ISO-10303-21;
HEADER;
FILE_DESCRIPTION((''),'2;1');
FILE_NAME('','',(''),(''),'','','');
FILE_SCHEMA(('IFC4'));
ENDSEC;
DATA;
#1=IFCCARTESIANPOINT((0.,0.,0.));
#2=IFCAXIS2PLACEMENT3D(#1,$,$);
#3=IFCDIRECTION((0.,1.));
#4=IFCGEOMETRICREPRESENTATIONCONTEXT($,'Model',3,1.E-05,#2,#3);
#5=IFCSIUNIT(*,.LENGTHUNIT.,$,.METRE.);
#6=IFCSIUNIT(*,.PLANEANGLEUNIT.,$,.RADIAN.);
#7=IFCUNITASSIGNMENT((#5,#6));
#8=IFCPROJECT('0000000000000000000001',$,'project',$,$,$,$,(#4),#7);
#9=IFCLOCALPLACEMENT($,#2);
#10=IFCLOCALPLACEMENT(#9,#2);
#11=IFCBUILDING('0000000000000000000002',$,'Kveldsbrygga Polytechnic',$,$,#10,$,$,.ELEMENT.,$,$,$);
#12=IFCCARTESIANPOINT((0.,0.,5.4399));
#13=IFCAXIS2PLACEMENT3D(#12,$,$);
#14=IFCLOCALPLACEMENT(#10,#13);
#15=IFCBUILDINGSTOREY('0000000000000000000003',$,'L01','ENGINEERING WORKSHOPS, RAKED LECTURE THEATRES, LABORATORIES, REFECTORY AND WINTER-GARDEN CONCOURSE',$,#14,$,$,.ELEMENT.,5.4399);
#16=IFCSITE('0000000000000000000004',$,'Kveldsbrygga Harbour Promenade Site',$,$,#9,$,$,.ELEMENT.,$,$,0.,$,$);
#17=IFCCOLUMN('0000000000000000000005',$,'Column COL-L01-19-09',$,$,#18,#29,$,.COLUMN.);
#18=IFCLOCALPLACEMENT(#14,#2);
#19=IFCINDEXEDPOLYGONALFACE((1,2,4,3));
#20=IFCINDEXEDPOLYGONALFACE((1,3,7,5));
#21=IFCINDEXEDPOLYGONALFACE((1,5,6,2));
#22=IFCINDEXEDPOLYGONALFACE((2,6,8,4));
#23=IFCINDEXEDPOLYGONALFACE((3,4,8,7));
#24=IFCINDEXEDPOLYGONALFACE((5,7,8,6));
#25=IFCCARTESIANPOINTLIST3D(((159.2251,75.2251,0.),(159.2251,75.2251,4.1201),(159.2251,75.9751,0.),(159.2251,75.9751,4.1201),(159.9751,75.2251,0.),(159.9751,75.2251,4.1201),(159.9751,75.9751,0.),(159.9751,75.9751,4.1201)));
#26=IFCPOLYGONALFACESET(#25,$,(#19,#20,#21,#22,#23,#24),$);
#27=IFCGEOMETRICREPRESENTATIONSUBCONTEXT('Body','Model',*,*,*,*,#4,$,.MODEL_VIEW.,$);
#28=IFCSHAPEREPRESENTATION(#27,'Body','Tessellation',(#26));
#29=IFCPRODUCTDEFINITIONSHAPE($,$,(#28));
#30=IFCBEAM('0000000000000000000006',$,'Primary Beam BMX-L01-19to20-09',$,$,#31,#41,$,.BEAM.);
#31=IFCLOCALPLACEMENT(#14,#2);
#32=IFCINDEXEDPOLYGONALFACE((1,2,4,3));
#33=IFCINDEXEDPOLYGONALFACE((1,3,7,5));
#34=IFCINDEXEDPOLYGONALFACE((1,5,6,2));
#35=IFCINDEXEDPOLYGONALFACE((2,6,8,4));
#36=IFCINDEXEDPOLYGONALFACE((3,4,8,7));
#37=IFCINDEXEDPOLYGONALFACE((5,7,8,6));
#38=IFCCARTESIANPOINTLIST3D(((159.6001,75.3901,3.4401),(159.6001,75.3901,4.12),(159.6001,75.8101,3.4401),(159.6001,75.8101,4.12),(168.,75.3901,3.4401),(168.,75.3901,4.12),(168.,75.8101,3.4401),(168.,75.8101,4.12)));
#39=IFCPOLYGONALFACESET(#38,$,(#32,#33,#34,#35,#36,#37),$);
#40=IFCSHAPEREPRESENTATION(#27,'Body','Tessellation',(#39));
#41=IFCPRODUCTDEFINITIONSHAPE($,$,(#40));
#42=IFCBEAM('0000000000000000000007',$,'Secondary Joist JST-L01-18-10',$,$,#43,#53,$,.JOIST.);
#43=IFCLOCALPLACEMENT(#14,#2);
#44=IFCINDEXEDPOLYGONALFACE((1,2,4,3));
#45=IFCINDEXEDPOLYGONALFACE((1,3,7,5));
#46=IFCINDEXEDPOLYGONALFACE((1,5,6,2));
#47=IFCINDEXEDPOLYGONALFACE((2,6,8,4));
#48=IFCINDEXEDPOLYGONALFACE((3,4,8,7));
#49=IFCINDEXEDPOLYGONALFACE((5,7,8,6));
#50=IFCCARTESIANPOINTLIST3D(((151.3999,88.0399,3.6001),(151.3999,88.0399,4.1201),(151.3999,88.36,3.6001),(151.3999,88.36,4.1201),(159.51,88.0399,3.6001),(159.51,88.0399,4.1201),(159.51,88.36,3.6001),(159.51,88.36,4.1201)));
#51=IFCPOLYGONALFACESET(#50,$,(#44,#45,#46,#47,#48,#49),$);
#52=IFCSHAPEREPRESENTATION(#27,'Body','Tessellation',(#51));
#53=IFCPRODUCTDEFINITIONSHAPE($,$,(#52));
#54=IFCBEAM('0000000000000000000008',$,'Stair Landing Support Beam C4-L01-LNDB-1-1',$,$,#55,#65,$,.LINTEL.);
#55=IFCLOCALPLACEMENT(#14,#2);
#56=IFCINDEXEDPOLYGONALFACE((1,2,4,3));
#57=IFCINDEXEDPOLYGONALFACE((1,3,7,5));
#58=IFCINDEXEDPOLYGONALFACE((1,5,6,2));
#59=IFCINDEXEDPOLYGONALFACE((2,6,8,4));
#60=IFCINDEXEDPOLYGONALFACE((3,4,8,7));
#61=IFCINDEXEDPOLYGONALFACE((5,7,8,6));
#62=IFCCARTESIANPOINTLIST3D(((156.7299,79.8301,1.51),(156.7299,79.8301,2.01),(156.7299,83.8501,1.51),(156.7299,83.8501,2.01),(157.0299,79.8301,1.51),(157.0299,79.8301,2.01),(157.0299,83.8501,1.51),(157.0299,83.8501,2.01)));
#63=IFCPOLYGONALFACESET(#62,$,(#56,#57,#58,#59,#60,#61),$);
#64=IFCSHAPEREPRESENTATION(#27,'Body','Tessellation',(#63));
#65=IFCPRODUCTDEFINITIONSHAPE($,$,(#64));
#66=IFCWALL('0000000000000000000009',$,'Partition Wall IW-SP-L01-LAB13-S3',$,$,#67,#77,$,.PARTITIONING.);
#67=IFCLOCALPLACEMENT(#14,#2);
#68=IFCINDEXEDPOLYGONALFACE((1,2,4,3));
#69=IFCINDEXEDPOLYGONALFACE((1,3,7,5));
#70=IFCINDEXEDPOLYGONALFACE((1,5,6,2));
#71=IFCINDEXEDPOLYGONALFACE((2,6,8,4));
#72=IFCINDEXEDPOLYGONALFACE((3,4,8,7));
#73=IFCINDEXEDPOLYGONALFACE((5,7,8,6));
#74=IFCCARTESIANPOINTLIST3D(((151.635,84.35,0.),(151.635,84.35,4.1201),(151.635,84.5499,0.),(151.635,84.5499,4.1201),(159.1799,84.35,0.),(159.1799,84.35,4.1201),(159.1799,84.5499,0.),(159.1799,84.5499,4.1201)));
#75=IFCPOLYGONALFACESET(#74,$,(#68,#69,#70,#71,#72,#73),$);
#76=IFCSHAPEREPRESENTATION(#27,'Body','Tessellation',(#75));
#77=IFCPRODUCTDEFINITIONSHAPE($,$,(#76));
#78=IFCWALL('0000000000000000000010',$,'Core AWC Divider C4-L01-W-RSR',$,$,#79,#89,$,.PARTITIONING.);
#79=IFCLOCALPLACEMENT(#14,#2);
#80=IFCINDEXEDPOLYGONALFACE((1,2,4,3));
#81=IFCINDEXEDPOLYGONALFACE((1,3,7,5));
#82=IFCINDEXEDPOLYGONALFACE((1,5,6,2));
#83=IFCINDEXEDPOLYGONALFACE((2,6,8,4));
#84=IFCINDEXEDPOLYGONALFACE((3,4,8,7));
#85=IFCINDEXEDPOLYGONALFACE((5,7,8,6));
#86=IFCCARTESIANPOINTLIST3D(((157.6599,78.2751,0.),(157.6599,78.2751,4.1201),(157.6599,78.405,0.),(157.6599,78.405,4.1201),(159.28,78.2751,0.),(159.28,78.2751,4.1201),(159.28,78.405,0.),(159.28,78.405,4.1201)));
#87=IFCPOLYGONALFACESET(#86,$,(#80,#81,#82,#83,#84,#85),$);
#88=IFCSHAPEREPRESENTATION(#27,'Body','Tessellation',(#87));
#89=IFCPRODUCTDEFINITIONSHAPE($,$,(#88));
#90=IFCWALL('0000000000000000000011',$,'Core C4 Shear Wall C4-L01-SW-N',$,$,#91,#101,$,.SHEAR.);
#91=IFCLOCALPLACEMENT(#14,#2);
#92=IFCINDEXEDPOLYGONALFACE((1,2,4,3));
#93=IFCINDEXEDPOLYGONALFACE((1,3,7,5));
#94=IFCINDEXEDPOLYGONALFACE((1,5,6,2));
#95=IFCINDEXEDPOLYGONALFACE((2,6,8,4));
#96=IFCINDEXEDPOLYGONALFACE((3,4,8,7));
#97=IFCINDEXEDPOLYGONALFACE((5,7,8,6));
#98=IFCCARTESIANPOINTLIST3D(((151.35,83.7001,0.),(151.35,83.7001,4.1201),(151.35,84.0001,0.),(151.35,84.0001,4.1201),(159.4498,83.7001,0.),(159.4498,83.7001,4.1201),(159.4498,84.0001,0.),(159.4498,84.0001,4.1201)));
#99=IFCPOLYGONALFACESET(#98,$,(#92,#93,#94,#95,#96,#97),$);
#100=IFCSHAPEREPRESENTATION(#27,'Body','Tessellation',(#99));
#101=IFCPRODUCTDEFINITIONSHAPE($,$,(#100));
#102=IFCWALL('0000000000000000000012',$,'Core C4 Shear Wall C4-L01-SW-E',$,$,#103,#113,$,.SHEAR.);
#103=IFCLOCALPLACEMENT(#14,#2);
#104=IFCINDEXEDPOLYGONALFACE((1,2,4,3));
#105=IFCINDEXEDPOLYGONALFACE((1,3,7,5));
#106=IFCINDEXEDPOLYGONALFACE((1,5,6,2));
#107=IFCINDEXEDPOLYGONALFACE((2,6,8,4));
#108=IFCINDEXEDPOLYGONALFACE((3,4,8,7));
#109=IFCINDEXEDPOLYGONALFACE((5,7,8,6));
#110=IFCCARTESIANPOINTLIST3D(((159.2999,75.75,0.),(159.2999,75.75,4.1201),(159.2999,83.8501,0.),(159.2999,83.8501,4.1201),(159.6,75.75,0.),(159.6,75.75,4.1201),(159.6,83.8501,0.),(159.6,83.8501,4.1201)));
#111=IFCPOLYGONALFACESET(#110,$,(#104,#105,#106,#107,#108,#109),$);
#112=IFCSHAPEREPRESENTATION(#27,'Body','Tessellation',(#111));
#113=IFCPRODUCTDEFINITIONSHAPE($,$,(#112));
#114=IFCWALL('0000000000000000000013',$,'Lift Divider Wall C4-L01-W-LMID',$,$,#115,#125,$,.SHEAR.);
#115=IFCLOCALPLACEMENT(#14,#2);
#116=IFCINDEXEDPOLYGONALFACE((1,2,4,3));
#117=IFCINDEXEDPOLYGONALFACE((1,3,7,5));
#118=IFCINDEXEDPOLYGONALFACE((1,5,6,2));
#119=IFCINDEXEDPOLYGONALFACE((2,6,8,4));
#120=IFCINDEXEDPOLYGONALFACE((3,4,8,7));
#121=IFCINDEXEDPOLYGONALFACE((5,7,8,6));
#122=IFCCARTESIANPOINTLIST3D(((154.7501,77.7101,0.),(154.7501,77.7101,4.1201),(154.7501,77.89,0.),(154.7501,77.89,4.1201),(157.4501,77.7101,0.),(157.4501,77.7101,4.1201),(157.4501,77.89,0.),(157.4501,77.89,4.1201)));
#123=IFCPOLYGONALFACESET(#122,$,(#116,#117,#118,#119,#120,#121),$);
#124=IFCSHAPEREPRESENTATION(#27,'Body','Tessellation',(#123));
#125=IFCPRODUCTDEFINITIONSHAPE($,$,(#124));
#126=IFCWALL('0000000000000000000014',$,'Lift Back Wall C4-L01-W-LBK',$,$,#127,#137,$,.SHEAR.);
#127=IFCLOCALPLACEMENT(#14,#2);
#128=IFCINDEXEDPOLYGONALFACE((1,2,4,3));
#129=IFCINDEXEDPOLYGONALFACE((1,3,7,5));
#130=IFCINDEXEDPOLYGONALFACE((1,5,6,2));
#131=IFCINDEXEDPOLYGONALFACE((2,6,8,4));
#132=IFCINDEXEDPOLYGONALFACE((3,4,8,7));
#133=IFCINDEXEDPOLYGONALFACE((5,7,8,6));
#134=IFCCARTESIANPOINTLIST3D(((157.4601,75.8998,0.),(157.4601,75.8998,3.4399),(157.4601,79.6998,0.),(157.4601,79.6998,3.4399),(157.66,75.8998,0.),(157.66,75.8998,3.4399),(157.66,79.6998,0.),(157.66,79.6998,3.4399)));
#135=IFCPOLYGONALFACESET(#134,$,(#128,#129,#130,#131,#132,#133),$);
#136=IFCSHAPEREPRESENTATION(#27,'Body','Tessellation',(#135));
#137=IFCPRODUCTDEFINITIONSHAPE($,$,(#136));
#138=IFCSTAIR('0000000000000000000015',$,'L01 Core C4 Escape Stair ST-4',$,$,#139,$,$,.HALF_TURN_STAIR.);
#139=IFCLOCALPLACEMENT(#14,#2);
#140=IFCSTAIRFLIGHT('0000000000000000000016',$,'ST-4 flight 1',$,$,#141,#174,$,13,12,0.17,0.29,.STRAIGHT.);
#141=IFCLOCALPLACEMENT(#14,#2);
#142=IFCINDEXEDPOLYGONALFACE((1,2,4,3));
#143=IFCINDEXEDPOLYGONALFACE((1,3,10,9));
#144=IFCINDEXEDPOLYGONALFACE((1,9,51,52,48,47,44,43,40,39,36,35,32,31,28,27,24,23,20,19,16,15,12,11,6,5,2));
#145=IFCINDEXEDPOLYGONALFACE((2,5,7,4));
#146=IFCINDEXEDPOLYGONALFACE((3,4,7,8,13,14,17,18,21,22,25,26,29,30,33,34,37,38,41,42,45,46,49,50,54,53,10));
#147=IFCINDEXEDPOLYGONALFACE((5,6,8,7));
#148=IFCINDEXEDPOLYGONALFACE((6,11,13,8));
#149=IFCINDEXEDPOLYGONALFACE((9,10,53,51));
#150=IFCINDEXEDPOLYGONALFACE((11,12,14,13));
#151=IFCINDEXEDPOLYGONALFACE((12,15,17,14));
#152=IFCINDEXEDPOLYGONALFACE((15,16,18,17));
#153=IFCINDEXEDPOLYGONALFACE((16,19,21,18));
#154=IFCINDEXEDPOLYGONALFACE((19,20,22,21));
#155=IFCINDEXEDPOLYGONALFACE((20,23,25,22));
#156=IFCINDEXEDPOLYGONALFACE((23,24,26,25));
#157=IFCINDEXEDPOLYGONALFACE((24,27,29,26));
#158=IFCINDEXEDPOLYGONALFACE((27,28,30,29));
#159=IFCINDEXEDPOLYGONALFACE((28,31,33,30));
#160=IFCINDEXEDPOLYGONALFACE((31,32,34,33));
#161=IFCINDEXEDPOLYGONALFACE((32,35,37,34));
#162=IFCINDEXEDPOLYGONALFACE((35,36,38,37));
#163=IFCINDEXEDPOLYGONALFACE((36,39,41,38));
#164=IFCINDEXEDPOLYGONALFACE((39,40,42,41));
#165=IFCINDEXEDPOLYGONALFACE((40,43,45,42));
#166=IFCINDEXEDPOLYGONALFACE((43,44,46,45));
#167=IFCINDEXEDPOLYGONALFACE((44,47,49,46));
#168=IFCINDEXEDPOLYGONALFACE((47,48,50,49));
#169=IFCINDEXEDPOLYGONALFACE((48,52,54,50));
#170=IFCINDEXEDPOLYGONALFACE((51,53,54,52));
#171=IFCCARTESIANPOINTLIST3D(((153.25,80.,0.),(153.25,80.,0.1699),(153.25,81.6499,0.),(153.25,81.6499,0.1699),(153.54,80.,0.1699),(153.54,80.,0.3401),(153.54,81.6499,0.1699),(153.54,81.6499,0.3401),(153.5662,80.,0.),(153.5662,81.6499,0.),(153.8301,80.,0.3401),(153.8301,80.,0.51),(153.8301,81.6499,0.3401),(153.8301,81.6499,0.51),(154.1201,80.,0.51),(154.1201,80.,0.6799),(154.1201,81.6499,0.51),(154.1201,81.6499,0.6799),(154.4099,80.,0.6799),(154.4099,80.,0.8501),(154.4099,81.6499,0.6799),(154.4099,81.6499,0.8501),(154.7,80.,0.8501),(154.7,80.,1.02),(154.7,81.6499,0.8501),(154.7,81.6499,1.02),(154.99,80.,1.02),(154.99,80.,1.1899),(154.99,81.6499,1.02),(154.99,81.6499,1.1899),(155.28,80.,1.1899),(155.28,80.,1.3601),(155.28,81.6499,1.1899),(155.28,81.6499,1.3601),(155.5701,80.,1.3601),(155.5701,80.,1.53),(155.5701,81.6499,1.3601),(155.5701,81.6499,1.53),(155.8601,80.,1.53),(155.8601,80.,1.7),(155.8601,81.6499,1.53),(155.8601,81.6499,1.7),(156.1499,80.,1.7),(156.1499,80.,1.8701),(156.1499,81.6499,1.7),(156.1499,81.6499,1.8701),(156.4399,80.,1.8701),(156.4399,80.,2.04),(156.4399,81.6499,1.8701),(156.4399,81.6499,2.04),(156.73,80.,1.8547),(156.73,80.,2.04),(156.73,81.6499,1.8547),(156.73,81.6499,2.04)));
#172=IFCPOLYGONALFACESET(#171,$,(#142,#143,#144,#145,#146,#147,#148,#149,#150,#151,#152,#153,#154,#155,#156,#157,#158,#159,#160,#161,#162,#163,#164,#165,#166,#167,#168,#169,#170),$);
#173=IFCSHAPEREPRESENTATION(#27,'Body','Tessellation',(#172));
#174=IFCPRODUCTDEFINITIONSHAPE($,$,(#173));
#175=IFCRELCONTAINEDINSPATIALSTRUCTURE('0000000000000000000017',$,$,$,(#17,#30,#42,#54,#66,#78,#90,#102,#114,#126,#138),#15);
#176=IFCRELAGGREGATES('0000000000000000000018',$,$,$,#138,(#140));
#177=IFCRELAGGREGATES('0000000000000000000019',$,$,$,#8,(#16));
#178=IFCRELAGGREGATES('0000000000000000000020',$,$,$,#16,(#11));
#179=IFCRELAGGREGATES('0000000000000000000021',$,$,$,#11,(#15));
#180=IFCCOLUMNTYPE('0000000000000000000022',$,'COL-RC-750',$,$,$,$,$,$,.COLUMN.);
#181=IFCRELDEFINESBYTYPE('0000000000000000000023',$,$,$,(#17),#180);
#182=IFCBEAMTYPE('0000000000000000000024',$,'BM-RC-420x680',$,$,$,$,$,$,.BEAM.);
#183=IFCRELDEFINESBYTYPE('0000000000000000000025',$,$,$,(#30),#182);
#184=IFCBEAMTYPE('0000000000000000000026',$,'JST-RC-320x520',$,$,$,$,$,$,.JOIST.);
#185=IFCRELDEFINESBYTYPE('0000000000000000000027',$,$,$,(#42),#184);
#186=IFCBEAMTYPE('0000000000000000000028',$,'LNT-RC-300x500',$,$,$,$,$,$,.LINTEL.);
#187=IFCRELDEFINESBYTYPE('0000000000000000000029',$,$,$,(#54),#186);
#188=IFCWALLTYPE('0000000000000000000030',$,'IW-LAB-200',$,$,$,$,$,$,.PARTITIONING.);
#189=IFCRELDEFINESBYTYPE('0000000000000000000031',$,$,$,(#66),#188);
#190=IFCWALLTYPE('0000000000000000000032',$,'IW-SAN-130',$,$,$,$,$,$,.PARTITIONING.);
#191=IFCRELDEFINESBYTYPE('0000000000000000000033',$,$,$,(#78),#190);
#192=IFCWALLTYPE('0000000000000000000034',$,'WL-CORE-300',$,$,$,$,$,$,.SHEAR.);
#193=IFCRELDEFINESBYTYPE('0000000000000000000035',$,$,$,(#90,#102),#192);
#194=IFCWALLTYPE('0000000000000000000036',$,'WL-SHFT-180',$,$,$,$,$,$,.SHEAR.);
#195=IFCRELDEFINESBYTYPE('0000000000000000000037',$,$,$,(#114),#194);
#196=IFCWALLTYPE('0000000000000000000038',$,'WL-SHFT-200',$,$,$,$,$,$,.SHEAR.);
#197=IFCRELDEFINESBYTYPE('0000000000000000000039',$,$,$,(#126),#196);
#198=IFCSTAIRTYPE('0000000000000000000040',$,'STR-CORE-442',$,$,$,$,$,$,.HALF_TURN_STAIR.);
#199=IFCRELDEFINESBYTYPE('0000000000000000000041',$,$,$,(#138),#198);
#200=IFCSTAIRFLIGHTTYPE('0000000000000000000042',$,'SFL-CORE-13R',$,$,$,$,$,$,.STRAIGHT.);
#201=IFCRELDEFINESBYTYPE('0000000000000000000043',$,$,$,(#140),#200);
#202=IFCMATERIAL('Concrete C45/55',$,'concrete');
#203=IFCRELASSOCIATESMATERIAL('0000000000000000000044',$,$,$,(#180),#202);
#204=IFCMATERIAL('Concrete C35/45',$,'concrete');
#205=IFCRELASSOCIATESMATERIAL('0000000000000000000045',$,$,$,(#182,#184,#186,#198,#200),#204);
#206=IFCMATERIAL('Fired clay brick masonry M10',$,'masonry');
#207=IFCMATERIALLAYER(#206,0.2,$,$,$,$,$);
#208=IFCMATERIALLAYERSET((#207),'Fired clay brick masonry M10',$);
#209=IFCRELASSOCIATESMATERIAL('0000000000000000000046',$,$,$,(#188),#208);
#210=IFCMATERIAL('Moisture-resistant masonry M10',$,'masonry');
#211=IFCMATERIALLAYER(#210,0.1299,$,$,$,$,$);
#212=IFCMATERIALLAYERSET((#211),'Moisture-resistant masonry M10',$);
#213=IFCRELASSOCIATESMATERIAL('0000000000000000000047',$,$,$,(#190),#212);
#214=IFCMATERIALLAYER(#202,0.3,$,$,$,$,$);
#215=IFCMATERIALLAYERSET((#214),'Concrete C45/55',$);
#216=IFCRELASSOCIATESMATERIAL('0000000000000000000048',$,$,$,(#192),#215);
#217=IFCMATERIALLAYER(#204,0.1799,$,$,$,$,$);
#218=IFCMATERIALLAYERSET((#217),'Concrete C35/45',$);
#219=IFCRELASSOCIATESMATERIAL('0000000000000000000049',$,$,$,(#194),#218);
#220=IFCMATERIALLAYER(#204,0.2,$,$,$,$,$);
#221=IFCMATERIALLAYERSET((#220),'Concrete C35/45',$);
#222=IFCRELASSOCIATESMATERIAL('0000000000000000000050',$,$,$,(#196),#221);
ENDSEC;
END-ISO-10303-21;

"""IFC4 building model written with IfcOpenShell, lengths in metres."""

from ifc_helpers import new_model, si_unit, direction, frame, frame_2d, origin, origin_2d, place, context, subcontext, project, spatial, polyline, rectangle, outline, extrude, material, layer, layer_set, material_profile, profile_set, type_object, element, aggregate, save


model = new_model("IFC4")

# Units and contexts
model_context = context("Model", 3, precision=1e-05, world=origin(), true_north=direction((0.0, 1.0)))
body_context = subcontext(model_context, "Body", "Model", "MODEL_VIEW")
ifc_project = project(units=[si_unit("LENGTHUNIT", "METRE"), si_unit("PLANEANGLEUNIT", "RADIAN")], contexts=[model_context])

# Site, building, storey
site_placement = place(None, origin())
site = spatial("IfcSite", under=ifc_project, at=site_placement, Name="Kveldsbrygga Harbour Promenade Site", CompositionType="ELEMENT", RefElevation=0.0)
building_placement = place(site_placement, origin())
building = spatial("IfcBuilding", under=site, at=building_placement, Name="Kveldsbrygga Polytechnic", CompositionType="ELEMENT")
storey_placement = place(building_placement, frame((0.0, 0.0, 5.4399)))
storey = spatial("IfcBuildingStorey", under=building, at=storey_placement, Name="L01", Description="ENGINEERING WORKSHOPS, RAKED LECTURE THEATRES, LABORATORIES, REFECTORY AND WINTER-GARDEN CONCOURSE", CompositionType="ELEMENT", Elevation=5.4399)

# Column
ifc_material_1 = material(Name="Concrete C45/55", Category="concrete")
ifc_material_profile_1 = material_profile(ifc_material_1, rectangle(XDim=0.75, YDim=0.75, at=origin_2d()), Name="RC 750x750")
ifc_profile_set_1 = profile_set([ifc_material_profile_1], Name="Concrete C45/55")
column_type = type_object("IfcColumnType", Name="COL-RC-750", PredefinedType="COLUMN", material=ifc_profile_set_1)
column_placement = place(storey_placement, frame((159.6001, 75.6001, 0.0), z_axis=(0.0, 0.0, 1.0), x_axis=(1.0, 0.0, 0.0)))
element("IfcColumn", 1, at=column_placement, inside=storey, type_object=column_type, Name="Column COL-L01-19-09", PredefinedType="COLUMN", context=body_context, shape_type="SweptSolid", body=[
    extrude(rectangle(XDim=0.75, YDim=0.75, at=origin_2d()), origin(), (0.0, 0.0, 1.0), 4.1201),
])

# Beams
ifc_material_2 = material(Name="Concrete C35/45", Category="concrete")
ifc_material_profile_2 = material_profile(ifc_material_2, rectangle(XDim=0.4199, YDim=0.6799, at=origin_2d()), Name="RC 420x680")
ifc_profile_set_2 = profile_set([ifc_material_profile_2], Name="Concrete C35/45")
beam_type_1 = type_object("IfcBeamType", Name="BM-RC-420x680", PredefinedType="BEAM", material=ifc_profile_set_2)
beam_1_placement = place(storey_placement, frame((159.6001, 75.6001, 3.78), z_axis=(1.0, 0.0, 0.0), x_axis=(0.0, 1.0, 0.0)))
element("IfcBeam", 2, at=beam_1_placement, inside=storey, type_object=beam_type_1, Name="Primary Beam BMX-L01-19to20-09", PredefinedType="BEAM", context=body_context, shape_type="SweptSolid", body=[
    extrude(rectangle(XDim=0.4199, YDim=0.6799, at=origin_2d()), origin(), (0.0, 0.0, 1.0), 8.3999),
])
ifc_material_profile_3 = material_profile(ifc_material_2, rectangle(XDim=0.3201, YDim=0.52, at=origin_2d()), Name="RC 320x520")
ifc_profile_set_3 = profile_set([ifc_material_profile_3], Name="Concrete C35/45")
beam_type_2 = type_object("IfcBeamType", Name="JST-RC-320x520", PredefinedType="JOIST", material=ifc_profile_set_3)
beam_2_placement = place(storey_placement, frame((151.3999, 88.2, 3.8601), z_axis=(1.0, 0.0, 0.0), x_axis=(0.0, 1.0, 0.0)))
element("IfcBeam", 3, at=beam_2_placement, inside=storey, type_object=beam_type_2, Name="Secondary Joist JST-L01-18-10", PredefinedType="JOIST", context=body_context, shape_type="SweptSolid", body=[
    extrude(rectangle(XDim=0.3201, YDim=0.52, at=origin_2d()), origin(), (0.0, 0.0, 1.0), 8.1101),
])
ifc_material_profile_4 = material_profile(ifc_material_2, rectangle(XDim=0.3, YDim=0.5, at=origin_2d()), Name="RC 300x500")
ifc_profile_set_4 = profile_set([ifc_material_profile_4], Name="Concrete C35/45")
beam_type_3 = type_object("IfcBeamType", Name="LNT-RC-300x500", PredefinedType="LINTEL", material=ifc_profile_set_4)
beam_3_placement = place(storey_placement, frame((156.8799, 79.8301, 1.76), z_axis=(0.0, 1.0, 0.0), x_axis=(-1.0, 0.0, 0.0)))
element("IfcBeam", 4, at=beam_3_placement, inside=storey, type_object=beam_type_3, Name="Stair Landing Support Beam C4-L01-LNDB-1-1", PredefinedType="LINTEL", context=body_context, shape_type="SweptSolid", body=[
    extrude(rectangle(XDim=0.3, YDim=0.5, at=origin_2d()), origin(), (0.0, 0.0, 1.0), 4.02),
])

# Walls
ifc_material_3 = material(Name="Fired clay brick masonry M10", Category="masonry")
ifc_layer_1 = layer(ifc_material_3, 0.2)
ifc_layer_set_1 = layer_set([ifc_layer_1], Name="Fired clay brick masonry M10")
wall_type_1 = type_object("IfcWallType", Name="IW-LAB-200", PredefinedType="PARTITIONING", material=ifc_layer_set_1)
wall_1_placement = place(storey_placement, frame((151.635, 84.45, 0.0), z_axis=(0.0, 0.0, 1.0), x_axis=(1.0, 0.0, 0.0)))
element("IfcWall", 5, at=wall_1_placement, inside=storey, type_object=wall_type_1, Name="Partition Wall IW-SP-L01-LAB13-S3", PredefinedType="PARTITIONING", context=body_context, shape_type="SweptSolid", body=[
    extrude(rectangle(XDim=7.5449, YDim=0.2, at=frame_2d((3.7725, 0.0))), origin(), (0.0, 0.0, 1.0), 4.1201),
])
ifc_material_4 = material(Name="Moisture-resistant masonry M10", Category="masonry")
ifc_layer_2 = layer(ifc_material_4, 0.1299)
ifc_layer_set_2 = layer_set([ifc_layer_2], Name="Moisture-resistant masonry M10")
wall_type_2 = type_object("IfcWallType", Name="IW-SAN-130", PredefinedType="PARTITIONING", material=ifc_layer_set_2)
wall_2_placement = place(storey_placement, frame((157.6599, 78.3401, 0.0), z_axis=(0.0, 0.0, 1.0), x_axis=(1.0, 0.0, 0.0)))
element("IfcWall", 6, at=wall_2_placement, inside=storey, type_object=wall_type_2, Name="Core AWC Divider C4-L01-W-RSR", PredefinedType="PARTITIONING", context=body_context, shape_type="SweptSolid", body=[
    extrude(rectangle(XDim=1.6201, YDim=0.1299, at=frame_2d((0.8101, 0.0))), origin(), (0.0, 0.0, 1.0), 4.1201),
])
ifc_layer_3 = layer(ifc_material_1, 0.3)
ifc_layer_set_3 = layer_set([ifc_layer_3], Name="Concrete C45/55")
wall_type_3 = type_object("IfcWallType", Name="WL-CORE-300", PredefinedType="SHEAR", material=ifc_layer_set_3)
wall_3_placement = place(storey_placement, frame((151.3501, 83.8501, 0.0), z_axis=(0.0, 0.0, 1.0), x_axis=(1.0, 0.0, 0.0)))
element("IfcWall", 7, at=wall_3_placement, inside=storey, type_object=wall_type_3, Name="Core C4 Shear Wall C4-L01-SW-N", PredefinedType="SHEAR", context=body_context, shape_type="SweptSolid", body=[
    extrude(rectangle(XDim=8.0999, YDim=0.3, at=frame_2d((4.0498, 0.0))), origin(), (0.0, 0.0, 1.0), 4.1201),
])
wall_4_placement = place(storey_placement, frame((159.45, 75.75, 0.0), z_axis=(0.0, 0.0, 1.0), x_axis=(0.0, 1.0, 0.0)))
element("IfcWall", 8, at=wall_4_placement, inside=storey, type_object=wall_type_3, Name="Core C4 Shear Wall C4-L01-SW-E", PredefinedType="SHEAR", context=body_context, shape_type="SweptSolid", body=[
    extrude(rectangle(XDim=8.1001, YDim=0.3, at=frame_2d((4.05, 0.0))), origin(), (0.0, 0.0, 1.0), 4.1201),
])

# Wall
ifc_layer_4 = layer(ifc_material_2, 0.1799)
ifc_layer_set_4 = layer_set([ifc_layer_4], Name="Concrete C35/45")
wall_type_4 = type_object("IfcWallType", Name="WL-SHFT-180", PredefinedType="SHEAR", material=ifc_layer_set_4)
wall_5_placement = place(storey_placement, frame((154.75, 77.8, 0.0), z_axis=(0.0, 0.0, 1.0), x_axis=(1.0, 0.0, 0.0)))
element("IfcWall", 9, at=wall_5_placement, inside=storey, type_object=wall_type_4, Name="Lift Divider Wall C4-L01-W-LMID", PredefinedType="SHEAR", context=body_context, shape_type="SweptSolid", body=[
    extrude(rectangle(XDim=2.7, YDim=0.1799, at=frame_2d((1.3501, 0.0))), origin(), (0.0, 0.0, 1.0), 4.1201),
])

# Shared definitions
ifc_layer_5 = layer(ifc_material_2, 0.2)
ifc_layer_set_5 = layer_set([ifc_layer_5], Name="Concrete C35/45")
wall_type_5 = type_object("IfcWallType", Name="WL-SHFT-200", PredefinedType="SHEAR", material=ifc_layer_set_5)

# Wall
wall_6_placement = place(storey_placement, frame((157.5601, 75.8999, 0.0), z_axis=(0.0, 0.0, 1.0), x_axis=(0.0, 1.0, 0.0)))
element("IfcWall", 10, at=wall_6_placement, inside=storey, type_object=wall_type_5, Name="Lift Back Wall C4-L01-W-LBK", PredefinedType="SHEAR", context=body_context, shape_type="SweptSolid", body=[
    extrude(rectangle(XDim=3.8, YDim=0.2, at=frame_2d((1.8999, 0.0))), origin(), (0.0, 0.0, 1.0), 3.4399),
])

# Stair, stair flight
stair_type = type_object("IfcStairType", Name="STR-CORE-442", PredefinedType="HALF_TURN_STAIR", material=ifc_material_2)
stair_placement = place(storey_placement, origin())
stair = element("IfcStair", 11, at=stair_placement, inside=storey, type_object=stair_type, Name="L01 Core C4 Escape Stair ST-4", PredefinedType="HALF_TURN_STAIR")
stair_flight_type = type_object("IfcStairFlightType", Name="SFL-CORE-13R", PredefinedType="STRAIGHT", material=ifc_material_2)
stair_flight_1_placement = place(storey_placement, frame((153.25, 80.825, 0.0), z_axis=(0.0, 0.0, 1.0), x_axis=(1.0, 0.0, 0.0)))
stair_flight_1 = element("IfcStairFlight", 12, at=stair_flight_1_placement, type_object=stair_flight_type, Name="ST-4 flight 1", NumberOfRisers=13, NumberOfTreads=12, PredefinedType="STRAIGHT", RiserHeight=0.17, TreadLength=0.29, context=body_context, shape_type="SweptSolid", body=[
    extrude(outline(polyline([(0.0, 0.0), (0.0, 0.1699), (0.29, 0.1699), (0.29, 0.3401), (0.5801, 0.3401), (0.5801, 0.51), (0.8701, 0.51), (0.8701, 0.6799), (1.1599, 0.6799), (1.1599, 0.8501), (1.45, 0.8501), (1.45, 1.02), (1.74, 1.02), (1.74, 1.1899), (2.03, 1.1899), (2.03, 1.3601), (2.3201, 1.3601), (2.3201, 1.53), (2.6101, 1.53), (2.6101, 1.7), (2.8999, 1.7), (2.8999, 1.8701), (3.1899, 1.8701), (3.1899, 2.04), (3.48, 2.04), (3.48, 2.21), (3.48, 1.8547), (0.3162, 0.0), (0.0, 0.0)])), frame((0.0, 0.825, 0.0), z_axis=(0.0, -1.0, 0.0), x_axis=(1.0, 0.0, 0.0)), (0.0, 0.0, 1.0), 1.6499),
])
aggregate(stair, [stair_flight_1])

save(model, "model.ifc")
